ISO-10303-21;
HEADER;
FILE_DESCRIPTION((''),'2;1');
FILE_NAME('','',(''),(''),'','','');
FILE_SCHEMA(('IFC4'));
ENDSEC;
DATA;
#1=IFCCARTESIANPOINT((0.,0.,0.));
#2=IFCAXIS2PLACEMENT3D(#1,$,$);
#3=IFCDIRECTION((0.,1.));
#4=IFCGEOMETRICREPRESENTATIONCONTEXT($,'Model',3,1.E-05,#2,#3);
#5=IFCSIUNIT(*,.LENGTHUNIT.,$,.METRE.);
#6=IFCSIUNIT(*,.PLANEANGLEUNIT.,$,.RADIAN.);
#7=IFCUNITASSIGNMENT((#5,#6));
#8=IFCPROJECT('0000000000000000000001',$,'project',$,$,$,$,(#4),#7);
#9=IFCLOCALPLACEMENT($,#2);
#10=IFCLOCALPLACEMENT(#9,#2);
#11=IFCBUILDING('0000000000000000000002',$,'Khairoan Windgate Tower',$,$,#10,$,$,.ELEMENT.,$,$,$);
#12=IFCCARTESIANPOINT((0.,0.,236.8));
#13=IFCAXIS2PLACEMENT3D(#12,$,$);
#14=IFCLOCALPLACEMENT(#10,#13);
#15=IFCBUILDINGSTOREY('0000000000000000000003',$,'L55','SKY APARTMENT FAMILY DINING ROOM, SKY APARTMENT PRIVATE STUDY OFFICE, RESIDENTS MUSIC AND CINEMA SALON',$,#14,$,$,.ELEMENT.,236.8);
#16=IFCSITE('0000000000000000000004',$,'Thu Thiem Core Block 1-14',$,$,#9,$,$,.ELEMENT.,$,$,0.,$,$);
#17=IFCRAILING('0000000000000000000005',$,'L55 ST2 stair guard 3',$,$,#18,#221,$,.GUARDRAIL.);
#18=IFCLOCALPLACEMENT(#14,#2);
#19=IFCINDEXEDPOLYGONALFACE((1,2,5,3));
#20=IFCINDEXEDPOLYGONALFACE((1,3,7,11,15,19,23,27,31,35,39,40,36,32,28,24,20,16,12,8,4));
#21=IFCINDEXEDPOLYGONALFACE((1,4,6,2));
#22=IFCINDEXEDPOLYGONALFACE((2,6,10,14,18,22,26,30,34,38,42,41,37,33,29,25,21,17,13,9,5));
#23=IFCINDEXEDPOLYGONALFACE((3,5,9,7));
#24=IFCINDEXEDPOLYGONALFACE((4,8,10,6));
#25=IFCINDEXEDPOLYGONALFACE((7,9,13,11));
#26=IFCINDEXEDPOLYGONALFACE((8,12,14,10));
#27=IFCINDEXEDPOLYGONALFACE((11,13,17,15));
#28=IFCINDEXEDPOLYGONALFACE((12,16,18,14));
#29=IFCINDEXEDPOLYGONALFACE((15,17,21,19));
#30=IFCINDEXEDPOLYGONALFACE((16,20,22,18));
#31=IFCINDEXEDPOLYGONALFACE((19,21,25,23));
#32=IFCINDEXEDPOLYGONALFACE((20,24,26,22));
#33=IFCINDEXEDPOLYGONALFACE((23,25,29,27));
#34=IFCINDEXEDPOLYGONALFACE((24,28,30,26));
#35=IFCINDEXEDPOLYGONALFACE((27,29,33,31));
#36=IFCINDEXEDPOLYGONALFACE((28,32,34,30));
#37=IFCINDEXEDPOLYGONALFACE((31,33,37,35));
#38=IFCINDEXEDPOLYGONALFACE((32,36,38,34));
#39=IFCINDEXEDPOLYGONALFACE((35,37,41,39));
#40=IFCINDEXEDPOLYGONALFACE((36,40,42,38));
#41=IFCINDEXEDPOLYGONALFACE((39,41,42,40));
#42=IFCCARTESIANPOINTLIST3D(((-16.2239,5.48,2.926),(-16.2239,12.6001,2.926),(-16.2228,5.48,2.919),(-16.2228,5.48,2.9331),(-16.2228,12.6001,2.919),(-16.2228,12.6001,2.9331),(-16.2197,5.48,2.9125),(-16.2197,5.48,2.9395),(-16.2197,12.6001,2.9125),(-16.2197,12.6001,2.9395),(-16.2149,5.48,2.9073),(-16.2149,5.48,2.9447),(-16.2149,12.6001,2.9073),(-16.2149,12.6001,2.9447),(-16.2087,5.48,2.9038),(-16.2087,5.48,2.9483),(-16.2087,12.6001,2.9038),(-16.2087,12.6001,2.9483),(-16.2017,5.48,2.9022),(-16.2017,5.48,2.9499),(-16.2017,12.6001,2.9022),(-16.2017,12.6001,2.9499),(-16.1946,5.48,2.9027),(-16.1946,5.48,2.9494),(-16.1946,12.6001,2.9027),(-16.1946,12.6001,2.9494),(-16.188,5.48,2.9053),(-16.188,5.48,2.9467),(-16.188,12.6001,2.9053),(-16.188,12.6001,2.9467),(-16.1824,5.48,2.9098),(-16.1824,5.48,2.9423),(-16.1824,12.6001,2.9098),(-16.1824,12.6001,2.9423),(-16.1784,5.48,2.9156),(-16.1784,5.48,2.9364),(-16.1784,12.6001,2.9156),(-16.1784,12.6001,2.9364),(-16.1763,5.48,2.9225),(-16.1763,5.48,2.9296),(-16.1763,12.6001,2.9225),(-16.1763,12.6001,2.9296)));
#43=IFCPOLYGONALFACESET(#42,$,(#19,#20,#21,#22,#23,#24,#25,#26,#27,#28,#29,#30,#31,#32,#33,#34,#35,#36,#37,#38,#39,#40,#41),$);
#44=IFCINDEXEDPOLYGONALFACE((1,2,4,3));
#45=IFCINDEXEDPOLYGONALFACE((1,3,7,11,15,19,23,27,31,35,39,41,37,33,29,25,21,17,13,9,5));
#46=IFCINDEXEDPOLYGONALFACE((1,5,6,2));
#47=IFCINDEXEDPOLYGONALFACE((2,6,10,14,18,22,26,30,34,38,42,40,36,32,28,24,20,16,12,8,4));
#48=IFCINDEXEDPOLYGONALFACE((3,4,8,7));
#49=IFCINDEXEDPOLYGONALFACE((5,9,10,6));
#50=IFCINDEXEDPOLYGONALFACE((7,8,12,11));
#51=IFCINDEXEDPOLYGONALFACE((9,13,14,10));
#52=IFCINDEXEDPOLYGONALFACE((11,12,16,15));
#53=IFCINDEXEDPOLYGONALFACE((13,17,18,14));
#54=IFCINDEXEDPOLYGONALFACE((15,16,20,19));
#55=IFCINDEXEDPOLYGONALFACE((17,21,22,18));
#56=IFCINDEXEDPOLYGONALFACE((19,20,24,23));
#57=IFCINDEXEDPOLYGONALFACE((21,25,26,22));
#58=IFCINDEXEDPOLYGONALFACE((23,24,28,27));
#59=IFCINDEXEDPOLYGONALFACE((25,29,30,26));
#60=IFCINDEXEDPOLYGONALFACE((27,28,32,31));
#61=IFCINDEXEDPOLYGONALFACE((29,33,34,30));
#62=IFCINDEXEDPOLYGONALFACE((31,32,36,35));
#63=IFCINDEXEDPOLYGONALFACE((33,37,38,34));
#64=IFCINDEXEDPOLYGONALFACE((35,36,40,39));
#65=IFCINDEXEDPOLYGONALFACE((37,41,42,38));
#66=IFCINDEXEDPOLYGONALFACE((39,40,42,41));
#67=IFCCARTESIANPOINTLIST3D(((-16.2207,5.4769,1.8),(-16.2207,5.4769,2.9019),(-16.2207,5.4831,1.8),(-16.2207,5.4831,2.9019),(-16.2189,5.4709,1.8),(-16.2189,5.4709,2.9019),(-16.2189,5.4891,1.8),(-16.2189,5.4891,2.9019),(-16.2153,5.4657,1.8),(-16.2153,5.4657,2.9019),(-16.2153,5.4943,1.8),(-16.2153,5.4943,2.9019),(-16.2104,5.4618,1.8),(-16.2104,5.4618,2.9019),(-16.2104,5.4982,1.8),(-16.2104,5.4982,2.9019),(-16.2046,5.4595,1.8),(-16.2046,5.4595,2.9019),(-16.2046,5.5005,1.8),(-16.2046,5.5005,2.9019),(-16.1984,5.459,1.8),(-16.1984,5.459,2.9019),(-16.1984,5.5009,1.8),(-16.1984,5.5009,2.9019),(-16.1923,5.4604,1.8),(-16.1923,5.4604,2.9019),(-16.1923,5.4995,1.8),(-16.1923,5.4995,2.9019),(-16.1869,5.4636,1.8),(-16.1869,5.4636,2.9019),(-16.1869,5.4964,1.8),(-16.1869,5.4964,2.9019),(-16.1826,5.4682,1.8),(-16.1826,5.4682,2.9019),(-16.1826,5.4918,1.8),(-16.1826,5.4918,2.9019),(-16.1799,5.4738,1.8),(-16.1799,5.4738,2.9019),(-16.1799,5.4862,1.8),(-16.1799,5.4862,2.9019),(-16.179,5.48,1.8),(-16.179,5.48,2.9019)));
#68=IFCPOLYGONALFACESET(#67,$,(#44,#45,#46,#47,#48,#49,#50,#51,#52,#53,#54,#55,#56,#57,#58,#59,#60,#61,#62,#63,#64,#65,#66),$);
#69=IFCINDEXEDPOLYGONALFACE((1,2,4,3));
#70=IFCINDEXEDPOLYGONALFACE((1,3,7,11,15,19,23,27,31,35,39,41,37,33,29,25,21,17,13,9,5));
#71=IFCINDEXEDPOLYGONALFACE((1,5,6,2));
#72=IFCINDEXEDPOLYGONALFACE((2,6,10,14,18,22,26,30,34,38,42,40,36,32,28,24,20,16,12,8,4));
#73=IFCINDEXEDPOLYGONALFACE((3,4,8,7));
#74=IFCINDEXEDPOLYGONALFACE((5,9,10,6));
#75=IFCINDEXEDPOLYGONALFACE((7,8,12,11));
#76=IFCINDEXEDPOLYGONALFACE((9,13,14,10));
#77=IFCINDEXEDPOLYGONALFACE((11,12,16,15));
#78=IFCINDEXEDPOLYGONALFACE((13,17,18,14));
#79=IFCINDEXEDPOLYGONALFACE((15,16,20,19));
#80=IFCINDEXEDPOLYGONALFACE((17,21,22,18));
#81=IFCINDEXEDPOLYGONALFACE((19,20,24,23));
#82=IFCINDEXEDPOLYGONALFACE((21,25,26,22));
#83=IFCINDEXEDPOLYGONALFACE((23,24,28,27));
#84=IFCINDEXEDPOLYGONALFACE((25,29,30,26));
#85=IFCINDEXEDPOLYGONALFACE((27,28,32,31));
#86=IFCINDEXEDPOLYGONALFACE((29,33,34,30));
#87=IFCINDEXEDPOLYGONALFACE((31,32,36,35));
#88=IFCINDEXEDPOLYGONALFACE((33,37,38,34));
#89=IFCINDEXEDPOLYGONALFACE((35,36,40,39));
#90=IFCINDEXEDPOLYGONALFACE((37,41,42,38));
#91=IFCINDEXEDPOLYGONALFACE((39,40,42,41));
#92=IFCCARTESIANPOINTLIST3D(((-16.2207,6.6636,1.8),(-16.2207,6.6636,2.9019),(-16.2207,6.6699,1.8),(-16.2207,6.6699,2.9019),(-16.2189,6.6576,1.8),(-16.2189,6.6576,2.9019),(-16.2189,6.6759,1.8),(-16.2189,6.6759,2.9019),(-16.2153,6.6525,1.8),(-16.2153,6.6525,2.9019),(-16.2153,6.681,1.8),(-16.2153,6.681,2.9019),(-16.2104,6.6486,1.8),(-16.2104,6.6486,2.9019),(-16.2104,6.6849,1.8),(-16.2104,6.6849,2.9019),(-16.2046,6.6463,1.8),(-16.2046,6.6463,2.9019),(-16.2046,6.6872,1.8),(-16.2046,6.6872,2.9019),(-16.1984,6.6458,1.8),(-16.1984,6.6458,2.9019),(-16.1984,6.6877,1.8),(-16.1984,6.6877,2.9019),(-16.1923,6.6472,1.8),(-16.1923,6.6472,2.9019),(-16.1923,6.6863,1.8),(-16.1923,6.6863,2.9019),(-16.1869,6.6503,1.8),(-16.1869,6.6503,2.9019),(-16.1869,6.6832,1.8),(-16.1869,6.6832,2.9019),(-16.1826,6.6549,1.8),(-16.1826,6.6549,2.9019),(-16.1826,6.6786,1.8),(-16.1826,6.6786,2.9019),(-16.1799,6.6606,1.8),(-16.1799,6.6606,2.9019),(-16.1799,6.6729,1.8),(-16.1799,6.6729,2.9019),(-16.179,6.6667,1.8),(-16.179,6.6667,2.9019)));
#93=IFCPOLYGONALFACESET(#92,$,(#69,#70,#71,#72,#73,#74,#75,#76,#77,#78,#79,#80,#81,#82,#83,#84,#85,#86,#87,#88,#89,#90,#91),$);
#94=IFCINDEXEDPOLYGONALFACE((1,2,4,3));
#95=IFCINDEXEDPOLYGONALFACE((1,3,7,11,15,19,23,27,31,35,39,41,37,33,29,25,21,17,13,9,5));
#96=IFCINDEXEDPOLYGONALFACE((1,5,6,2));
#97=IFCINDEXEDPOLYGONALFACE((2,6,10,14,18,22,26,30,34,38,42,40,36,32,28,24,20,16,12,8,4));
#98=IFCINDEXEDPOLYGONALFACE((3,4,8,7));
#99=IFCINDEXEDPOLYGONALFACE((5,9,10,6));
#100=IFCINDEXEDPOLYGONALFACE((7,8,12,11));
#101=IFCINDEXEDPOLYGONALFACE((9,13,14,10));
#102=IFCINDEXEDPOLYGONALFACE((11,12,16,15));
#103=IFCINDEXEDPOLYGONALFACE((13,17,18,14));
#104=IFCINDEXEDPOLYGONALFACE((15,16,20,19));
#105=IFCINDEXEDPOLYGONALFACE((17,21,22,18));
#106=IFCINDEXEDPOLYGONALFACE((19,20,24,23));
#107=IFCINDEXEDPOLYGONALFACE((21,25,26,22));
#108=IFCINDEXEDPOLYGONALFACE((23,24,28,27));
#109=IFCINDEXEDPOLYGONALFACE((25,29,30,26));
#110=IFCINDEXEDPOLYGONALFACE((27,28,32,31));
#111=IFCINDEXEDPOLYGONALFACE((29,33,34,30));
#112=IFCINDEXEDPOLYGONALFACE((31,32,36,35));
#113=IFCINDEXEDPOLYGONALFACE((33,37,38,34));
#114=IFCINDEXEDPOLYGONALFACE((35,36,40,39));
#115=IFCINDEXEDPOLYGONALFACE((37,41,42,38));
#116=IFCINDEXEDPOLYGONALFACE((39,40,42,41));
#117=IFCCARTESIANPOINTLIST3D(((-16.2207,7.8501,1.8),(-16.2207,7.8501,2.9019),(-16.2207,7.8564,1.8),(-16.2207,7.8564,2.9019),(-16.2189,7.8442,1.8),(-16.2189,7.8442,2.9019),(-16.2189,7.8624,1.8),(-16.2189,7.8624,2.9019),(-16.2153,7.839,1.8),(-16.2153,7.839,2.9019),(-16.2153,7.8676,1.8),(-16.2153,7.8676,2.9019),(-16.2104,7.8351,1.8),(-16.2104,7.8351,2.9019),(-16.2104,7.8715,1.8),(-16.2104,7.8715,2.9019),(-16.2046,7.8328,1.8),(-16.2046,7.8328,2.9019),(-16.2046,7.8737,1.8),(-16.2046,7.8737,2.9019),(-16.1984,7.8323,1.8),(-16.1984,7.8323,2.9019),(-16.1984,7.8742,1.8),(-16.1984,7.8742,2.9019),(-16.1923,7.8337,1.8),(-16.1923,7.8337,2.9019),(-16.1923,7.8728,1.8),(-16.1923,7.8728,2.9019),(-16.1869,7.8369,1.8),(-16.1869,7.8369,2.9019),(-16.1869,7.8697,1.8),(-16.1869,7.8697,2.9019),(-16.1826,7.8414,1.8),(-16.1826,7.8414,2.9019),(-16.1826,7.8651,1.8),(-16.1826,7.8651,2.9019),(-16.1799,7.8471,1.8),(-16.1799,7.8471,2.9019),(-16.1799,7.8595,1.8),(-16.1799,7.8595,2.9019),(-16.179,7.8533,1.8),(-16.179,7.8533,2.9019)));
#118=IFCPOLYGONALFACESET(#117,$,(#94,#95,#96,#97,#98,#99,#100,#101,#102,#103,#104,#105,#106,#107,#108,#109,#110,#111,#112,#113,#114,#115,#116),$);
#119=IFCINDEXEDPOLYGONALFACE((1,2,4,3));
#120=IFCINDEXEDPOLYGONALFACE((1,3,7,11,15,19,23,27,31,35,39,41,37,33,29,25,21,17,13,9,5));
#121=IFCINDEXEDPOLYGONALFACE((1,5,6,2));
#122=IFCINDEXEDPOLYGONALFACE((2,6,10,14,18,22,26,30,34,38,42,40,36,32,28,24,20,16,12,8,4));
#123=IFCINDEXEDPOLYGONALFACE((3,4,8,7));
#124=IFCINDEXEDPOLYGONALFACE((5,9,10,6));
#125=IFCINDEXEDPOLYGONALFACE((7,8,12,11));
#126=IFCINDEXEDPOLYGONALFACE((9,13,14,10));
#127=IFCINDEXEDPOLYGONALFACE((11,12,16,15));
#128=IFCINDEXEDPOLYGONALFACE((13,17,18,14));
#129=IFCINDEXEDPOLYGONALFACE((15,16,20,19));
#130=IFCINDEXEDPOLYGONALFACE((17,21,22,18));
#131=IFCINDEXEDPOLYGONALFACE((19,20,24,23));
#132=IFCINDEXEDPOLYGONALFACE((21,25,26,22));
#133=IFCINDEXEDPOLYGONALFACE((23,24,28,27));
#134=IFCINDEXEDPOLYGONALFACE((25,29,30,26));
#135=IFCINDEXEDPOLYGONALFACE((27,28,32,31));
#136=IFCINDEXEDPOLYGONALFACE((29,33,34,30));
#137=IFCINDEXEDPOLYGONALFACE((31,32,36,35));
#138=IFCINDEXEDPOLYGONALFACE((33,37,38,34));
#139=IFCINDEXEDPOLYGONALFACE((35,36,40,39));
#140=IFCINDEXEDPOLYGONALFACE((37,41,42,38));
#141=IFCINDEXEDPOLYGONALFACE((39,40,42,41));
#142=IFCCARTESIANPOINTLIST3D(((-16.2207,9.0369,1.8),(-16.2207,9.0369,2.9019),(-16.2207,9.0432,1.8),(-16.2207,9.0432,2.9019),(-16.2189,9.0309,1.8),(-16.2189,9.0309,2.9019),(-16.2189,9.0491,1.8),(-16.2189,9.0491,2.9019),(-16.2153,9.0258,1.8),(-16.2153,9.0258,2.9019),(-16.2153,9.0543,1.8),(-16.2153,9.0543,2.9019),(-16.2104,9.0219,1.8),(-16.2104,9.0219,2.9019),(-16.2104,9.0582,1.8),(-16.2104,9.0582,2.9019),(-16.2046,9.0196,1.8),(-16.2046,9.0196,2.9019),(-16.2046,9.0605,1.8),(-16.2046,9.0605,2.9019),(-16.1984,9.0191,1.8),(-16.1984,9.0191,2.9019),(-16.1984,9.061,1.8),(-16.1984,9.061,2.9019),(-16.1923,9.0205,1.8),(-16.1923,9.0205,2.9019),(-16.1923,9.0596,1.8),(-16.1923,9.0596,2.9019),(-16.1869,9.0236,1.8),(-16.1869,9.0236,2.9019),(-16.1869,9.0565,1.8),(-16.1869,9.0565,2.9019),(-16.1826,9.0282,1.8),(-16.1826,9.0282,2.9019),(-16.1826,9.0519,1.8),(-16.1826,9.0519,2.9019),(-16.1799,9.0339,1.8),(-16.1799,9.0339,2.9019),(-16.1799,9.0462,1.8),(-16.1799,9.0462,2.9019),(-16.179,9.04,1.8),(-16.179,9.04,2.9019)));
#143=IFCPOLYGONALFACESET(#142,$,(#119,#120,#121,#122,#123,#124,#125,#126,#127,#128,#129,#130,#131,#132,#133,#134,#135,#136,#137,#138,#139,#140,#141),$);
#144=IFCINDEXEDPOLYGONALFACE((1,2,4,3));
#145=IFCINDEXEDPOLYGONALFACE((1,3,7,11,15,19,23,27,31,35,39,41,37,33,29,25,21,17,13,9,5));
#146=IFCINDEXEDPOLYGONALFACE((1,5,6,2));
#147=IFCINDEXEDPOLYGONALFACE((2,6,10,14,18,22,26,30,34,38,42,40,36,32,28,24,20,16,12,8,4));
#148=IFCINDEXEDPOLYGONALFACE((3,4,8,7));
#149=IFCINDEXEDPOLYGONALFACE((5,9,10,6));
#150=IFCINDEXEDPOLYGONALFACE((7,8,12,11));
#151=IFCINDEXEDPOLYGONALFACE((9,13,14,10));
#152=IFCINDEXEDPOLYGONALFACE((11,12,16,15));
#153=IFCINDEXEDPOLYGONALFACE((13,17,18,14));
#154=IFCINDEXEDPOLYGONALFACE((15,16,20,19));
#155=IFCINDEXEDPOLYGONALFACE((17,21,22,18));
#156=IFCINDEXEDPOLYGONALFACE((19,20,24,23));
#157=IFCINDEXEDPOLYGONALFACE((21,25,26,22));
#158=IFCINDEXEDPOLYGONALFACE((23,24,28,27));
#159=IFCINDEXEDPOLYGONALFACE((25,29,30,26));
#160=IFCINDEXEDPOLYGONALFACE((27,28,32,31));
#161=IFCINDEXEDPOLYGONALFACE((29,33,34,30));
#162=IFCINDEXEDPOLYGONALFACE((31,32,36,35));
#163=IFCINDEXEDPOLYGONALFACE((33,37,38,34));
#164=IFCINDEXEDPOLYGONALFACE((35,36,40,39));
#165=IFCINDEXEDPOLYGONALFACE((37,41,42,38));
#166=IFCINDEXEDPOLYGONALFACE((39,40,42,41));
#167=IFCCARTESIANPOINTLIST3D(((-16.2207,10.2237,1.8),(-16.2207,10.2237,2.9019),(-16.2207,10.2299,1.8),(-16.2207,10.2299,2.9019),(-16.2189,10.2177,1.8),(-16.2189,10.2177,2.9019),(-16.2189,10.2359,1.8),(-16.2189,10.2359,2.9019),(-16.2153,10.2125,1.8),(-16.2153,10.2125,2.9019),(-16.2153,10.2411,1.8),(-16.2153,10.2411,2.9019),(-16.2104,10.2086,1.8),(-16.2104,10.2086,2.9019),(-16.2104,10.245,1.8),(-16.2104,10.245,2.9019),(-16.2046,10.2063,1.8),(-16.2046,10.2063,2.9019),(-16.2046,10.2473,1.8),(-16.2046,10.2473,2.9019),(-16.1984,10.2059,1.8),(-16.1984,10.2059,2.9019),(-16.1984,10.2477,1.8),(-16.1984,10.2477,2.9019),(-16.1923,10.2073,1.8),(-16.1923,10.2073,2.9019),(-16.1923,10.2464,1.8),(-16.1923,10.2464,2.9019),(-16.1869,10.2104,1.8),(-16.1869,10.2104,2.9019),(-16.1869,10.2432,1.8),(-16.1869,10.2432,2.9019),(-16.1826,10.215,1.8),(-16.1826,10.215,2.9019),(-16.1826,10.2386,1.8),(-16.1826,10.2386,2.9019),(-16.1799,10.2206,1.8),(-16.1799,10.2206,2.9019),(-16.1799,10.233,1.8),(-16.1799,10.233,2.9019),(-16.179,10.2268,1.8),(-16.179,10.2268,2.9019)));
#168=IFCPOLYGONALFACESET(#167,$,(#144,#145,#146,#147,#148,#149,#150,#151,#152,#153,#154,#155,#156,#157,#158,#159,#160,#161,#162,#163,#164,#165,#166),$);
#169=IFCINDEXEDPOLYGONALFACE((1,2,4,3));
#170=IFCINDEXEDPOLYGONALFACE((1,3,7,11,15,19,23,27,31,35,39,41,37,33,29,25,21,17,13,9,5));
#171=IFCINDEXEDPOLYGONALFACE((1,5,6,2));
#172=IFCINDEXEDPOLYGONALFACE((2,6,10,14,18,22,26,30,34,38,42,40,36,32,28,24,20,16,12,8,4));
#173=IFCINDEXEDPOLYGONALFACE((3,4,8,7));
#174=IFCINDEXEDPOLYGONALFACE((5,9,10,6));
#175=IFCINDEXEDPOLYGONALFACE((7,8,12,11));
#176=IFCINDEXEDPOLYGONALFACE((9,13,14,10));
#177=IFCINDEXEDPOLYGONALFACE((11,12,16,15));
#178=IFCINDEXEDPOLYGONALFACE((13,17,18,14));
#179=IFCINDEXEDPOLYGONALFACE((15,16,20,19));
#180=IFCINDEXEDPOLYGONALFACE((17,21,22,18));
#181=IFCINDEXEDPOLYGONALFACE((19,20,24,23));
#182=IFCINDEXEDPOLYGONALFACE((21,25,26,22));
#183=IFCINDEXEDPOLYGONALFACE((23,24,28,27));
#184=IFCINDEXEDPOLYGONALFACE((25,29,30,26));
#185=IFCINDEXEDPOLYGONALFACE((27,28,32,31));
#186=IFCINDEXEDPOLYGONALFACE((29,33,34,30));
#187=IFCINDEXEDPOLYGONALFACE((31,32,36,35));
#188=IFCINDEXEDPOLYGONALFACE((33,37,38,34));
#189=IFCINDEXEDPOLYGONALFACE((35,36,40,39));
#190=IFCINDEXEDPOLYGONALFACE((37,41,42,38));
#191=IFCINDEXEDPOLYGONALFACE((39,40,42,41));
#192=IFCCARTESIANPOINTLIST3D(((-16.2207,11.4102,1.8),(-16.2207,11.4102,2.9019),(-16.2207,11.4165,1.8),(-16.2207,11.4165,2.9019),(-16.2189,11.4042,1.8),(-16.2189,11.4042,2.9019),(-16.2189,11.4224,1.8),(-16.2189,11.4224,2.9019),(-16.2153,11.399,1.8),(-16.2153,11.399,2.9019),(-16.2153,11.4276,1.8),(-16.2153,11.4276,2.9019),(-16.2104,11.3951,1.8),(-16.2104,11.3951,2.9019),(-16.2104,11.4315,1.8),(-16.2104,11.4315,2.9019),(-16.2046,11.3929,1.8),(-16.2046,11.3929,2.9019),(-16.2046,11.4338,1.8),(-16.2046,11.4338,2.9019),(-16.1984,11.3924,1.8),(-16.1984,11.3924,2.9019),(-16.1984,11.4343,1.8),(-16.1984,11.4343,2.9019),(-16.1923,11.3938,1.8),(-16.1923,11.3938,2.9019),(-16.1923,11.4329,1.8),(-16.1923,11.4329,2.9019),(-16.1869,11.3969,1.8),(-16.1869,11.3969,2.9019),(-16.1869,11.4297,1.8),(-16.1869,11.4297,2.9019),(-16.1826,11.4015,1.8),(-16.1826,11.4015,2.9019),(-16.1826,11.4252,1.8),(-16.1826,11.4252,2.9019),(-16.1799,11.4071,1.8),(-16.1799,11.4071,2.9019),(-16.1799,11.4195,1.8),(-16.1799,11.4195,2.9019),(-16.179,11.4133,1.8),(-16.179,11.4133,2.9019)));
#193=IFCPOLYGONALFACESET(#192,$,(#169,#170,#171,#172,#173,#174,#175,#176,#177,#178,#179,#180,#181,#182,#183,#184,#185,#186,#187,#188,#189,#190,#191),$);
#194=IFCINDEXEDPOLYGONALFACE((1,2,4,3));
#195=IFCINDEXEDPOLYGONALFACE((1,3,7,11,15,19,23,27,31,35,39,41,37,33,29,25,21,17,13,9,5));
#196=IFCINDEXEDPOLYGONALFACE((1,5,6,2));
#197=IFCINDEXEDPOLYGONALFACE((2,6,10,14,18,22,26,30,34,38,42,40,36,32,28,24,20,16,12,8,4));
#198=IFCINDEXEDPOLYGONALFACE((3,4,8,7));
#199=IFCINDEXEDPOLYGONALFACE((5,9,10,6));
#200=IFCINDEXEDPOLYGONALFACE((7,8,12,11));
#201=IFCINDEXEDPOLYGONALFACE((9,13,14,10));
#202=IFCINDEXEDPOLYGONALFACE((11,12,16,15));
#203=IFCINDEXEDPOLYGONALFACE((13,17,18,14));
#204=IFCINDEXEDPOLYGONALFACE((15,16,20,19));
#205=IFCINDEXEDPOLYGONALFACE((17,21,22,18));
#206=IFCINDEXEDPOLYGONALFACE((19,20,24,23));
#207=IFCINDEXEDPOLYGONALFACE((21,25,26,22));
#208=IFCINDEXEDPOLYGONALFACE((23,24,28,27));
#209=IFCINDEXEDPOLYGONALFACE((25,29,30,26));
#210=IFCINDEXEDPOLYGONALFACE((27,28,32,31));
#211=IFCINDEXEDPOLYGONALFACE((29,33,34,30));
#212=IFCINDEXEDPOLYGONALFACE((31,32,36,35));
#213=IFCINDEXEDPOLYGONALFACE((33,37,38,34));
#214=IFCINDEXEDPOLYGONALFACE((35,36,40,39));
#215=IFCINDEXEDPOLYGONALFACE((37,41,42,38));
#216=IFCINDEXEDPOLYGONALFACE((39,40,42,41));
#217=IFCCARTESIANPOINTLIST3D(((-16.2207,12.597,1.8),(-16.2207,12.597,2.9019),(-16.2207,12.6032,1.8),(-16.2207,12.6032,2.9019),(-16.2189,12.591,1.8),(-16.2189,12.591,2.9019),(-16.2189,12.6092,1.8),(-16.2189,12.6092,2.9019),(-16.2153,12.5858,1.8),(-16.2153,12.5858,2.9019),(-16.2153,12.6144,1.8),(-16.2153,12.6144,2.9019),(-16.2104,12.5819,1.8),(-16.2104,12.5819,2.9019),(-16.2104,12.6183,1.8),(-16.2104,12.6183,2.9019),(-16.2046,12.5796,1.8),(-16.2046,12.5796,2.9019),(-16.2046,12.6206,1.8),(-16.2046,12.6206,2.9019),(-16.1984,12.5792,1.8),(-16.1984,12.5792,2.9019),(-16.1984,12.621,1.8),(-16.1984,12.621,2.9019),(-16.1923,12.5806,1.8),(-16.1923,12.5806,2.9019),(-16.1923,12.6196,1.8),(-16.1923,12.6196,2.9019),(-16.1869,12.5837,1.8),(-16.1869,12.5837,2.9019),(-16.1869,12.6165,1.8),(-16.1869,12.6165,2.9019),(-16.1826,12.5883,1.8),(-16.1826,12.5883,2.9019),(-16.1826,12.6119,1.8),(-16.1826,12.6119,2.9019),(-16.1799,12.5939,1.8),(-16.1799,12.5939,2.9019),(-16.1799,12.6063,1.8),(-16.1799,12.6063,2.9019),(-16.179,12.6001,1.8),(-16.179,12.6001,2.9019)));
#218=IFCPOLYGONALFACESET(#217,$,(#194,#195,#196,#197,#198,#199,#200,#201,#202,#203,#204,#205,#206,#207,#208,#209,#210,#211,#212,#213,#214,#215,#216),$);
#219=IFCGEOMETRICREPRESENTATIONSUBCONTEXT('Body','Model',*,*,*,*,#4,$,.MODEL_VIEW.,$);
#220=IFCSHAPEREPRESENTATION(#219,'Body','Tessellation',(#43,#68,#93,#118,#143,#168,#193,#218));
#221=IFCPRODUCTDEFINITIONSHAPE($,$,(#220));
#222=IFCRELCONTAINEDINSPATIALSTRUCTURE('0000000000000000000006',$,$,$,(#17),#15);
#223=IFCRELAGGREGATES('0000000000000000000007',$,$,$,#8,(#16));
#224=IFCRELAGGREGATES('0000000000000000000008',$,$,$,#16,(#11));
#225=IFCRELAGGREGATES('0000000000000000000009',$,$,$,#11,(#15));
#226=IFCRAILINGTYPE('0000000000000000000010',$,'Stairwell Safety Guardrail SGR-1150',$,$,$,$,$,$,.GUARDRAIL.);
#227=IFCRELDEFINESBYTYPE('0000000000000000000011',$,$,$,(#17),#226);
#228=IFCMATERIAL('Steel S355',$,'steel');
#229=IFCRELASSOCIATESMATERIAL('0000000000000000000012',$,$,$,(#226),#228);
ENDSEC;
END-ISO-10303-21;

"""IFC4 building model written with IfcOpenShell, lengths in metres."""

from ifc_helpers import new_model, si_unit, direction, frame, origin, origin_2d, place, context, subcontext, project, spatial, circle, extrude, material, type_object, element, save


model = new_model("IFC4")

# Units and contexts
model_context = context("Model", 3, precision=1e-05, world=origin(), true_north=direction((0.0, 1.0)))
body_context = subcontext(model_context, "Body", "Model", "MODEL_VIEW")
ifc_project = project(units=[si_unit("LENGTHUNIT", "METRE"), si_unit("PLANEANGLEUNIT", "RADIAN")], contexts=[model_context])

# Site, building, storey
site_placement = place(None, origin())
site = spatial("IfcSite", under=ifc_project, at=site_placement, Name="Thu Thiem Core Block 1-14", CompositionType="ELEMENT", RefElevation=0.0)
building_placement = place(site_placement, origin())
building = spatial("IfcBuilding", under=site, at=building_placement, Name="Khairoan Windgate Tower", CompositionType="ELEMENT")
storey_placement = place(building_placement, frame((0.0, 0.0, 236.8)))
storey = spatial("IfcBuildingStorey", under=building, at=storey_placement, Name="L55", Description="SKY APARTMENT FAMILY DINING ROOM, SKY APARTMENT PRIVATE STUDY OFFICE, RESIDENTS MUSIC AND CINEMA SALON", CompositionType="ELEMENT", Elevation=236.8)

# Railing
ifc_material_1 = material(Name="Steel S355", Category="steel")
railing_type_1 = type_object("IfcRailingType", Name="Stairwell Safety Guardrail SGR-1150", PredefinedType="GUARDRAIL", material=ifc_material_1)
railing_1_placement = place(storey_placement, frame((-16.2, 5.48, 1.8)))
element("IfcRailing", 1, at=railing_1_placement, inside=storey, type_object=railing_type_1, Name="L55 ST2 stair guard 3", PredefinedType="GUARDRAIL", context=body_context, shape_type="SweptSolid", body=[
    extrude(circle(Radius=0.0239, at=origin_2d()), frame((0.0, 0.0, 1.126), z_axis=(0.0, 1.0, 0.0), x_axis=(-1.0, 0.0, 0.0)), (0.0, 0.0, 1.0), 7.1201),
    extrude(circle(Radius=0.021, at=origin_2d()), origin(), (0.0, 0.0, 1.0), 1.1018),
    extrude(circle(Radius=0.021, at=origin_2d()), frame((0.0, 1.1868, 0.0)), (0.0, 0.0, 1.0), 1.1018),
    extrude(circle(Radius=0.021, at=origin_2d()), frame((0.0, 2.3733, 0.0)), (0.0, 0.0, 1.0), 1.1018),
    extrude(circle(Radius=0.021, at=origin_2d()), frame((0.0, 3.5601, 0.0)), (0.0, 0.0, 1.0), 1.1018),
    extrude(circle(Radius=0.021, at=origin_2d()), frame((0.0, 4.7468, 0.0)), (0.0, 0.0, 1.0), 1.1018),
    extrude(circle(Radius=0.021, at=origin_2d()), frame((0.0, 5.9333, 0.0)), (0.0, 0.0, 1.0), 1.1018),
    extrude(circle(Radius=0.021, at=origin_2d()), frame((0.0, 7.1201, 0.0)), (0.0, 0.0, 1.0), 1.1018),
])

save(model, "model.ifc")
